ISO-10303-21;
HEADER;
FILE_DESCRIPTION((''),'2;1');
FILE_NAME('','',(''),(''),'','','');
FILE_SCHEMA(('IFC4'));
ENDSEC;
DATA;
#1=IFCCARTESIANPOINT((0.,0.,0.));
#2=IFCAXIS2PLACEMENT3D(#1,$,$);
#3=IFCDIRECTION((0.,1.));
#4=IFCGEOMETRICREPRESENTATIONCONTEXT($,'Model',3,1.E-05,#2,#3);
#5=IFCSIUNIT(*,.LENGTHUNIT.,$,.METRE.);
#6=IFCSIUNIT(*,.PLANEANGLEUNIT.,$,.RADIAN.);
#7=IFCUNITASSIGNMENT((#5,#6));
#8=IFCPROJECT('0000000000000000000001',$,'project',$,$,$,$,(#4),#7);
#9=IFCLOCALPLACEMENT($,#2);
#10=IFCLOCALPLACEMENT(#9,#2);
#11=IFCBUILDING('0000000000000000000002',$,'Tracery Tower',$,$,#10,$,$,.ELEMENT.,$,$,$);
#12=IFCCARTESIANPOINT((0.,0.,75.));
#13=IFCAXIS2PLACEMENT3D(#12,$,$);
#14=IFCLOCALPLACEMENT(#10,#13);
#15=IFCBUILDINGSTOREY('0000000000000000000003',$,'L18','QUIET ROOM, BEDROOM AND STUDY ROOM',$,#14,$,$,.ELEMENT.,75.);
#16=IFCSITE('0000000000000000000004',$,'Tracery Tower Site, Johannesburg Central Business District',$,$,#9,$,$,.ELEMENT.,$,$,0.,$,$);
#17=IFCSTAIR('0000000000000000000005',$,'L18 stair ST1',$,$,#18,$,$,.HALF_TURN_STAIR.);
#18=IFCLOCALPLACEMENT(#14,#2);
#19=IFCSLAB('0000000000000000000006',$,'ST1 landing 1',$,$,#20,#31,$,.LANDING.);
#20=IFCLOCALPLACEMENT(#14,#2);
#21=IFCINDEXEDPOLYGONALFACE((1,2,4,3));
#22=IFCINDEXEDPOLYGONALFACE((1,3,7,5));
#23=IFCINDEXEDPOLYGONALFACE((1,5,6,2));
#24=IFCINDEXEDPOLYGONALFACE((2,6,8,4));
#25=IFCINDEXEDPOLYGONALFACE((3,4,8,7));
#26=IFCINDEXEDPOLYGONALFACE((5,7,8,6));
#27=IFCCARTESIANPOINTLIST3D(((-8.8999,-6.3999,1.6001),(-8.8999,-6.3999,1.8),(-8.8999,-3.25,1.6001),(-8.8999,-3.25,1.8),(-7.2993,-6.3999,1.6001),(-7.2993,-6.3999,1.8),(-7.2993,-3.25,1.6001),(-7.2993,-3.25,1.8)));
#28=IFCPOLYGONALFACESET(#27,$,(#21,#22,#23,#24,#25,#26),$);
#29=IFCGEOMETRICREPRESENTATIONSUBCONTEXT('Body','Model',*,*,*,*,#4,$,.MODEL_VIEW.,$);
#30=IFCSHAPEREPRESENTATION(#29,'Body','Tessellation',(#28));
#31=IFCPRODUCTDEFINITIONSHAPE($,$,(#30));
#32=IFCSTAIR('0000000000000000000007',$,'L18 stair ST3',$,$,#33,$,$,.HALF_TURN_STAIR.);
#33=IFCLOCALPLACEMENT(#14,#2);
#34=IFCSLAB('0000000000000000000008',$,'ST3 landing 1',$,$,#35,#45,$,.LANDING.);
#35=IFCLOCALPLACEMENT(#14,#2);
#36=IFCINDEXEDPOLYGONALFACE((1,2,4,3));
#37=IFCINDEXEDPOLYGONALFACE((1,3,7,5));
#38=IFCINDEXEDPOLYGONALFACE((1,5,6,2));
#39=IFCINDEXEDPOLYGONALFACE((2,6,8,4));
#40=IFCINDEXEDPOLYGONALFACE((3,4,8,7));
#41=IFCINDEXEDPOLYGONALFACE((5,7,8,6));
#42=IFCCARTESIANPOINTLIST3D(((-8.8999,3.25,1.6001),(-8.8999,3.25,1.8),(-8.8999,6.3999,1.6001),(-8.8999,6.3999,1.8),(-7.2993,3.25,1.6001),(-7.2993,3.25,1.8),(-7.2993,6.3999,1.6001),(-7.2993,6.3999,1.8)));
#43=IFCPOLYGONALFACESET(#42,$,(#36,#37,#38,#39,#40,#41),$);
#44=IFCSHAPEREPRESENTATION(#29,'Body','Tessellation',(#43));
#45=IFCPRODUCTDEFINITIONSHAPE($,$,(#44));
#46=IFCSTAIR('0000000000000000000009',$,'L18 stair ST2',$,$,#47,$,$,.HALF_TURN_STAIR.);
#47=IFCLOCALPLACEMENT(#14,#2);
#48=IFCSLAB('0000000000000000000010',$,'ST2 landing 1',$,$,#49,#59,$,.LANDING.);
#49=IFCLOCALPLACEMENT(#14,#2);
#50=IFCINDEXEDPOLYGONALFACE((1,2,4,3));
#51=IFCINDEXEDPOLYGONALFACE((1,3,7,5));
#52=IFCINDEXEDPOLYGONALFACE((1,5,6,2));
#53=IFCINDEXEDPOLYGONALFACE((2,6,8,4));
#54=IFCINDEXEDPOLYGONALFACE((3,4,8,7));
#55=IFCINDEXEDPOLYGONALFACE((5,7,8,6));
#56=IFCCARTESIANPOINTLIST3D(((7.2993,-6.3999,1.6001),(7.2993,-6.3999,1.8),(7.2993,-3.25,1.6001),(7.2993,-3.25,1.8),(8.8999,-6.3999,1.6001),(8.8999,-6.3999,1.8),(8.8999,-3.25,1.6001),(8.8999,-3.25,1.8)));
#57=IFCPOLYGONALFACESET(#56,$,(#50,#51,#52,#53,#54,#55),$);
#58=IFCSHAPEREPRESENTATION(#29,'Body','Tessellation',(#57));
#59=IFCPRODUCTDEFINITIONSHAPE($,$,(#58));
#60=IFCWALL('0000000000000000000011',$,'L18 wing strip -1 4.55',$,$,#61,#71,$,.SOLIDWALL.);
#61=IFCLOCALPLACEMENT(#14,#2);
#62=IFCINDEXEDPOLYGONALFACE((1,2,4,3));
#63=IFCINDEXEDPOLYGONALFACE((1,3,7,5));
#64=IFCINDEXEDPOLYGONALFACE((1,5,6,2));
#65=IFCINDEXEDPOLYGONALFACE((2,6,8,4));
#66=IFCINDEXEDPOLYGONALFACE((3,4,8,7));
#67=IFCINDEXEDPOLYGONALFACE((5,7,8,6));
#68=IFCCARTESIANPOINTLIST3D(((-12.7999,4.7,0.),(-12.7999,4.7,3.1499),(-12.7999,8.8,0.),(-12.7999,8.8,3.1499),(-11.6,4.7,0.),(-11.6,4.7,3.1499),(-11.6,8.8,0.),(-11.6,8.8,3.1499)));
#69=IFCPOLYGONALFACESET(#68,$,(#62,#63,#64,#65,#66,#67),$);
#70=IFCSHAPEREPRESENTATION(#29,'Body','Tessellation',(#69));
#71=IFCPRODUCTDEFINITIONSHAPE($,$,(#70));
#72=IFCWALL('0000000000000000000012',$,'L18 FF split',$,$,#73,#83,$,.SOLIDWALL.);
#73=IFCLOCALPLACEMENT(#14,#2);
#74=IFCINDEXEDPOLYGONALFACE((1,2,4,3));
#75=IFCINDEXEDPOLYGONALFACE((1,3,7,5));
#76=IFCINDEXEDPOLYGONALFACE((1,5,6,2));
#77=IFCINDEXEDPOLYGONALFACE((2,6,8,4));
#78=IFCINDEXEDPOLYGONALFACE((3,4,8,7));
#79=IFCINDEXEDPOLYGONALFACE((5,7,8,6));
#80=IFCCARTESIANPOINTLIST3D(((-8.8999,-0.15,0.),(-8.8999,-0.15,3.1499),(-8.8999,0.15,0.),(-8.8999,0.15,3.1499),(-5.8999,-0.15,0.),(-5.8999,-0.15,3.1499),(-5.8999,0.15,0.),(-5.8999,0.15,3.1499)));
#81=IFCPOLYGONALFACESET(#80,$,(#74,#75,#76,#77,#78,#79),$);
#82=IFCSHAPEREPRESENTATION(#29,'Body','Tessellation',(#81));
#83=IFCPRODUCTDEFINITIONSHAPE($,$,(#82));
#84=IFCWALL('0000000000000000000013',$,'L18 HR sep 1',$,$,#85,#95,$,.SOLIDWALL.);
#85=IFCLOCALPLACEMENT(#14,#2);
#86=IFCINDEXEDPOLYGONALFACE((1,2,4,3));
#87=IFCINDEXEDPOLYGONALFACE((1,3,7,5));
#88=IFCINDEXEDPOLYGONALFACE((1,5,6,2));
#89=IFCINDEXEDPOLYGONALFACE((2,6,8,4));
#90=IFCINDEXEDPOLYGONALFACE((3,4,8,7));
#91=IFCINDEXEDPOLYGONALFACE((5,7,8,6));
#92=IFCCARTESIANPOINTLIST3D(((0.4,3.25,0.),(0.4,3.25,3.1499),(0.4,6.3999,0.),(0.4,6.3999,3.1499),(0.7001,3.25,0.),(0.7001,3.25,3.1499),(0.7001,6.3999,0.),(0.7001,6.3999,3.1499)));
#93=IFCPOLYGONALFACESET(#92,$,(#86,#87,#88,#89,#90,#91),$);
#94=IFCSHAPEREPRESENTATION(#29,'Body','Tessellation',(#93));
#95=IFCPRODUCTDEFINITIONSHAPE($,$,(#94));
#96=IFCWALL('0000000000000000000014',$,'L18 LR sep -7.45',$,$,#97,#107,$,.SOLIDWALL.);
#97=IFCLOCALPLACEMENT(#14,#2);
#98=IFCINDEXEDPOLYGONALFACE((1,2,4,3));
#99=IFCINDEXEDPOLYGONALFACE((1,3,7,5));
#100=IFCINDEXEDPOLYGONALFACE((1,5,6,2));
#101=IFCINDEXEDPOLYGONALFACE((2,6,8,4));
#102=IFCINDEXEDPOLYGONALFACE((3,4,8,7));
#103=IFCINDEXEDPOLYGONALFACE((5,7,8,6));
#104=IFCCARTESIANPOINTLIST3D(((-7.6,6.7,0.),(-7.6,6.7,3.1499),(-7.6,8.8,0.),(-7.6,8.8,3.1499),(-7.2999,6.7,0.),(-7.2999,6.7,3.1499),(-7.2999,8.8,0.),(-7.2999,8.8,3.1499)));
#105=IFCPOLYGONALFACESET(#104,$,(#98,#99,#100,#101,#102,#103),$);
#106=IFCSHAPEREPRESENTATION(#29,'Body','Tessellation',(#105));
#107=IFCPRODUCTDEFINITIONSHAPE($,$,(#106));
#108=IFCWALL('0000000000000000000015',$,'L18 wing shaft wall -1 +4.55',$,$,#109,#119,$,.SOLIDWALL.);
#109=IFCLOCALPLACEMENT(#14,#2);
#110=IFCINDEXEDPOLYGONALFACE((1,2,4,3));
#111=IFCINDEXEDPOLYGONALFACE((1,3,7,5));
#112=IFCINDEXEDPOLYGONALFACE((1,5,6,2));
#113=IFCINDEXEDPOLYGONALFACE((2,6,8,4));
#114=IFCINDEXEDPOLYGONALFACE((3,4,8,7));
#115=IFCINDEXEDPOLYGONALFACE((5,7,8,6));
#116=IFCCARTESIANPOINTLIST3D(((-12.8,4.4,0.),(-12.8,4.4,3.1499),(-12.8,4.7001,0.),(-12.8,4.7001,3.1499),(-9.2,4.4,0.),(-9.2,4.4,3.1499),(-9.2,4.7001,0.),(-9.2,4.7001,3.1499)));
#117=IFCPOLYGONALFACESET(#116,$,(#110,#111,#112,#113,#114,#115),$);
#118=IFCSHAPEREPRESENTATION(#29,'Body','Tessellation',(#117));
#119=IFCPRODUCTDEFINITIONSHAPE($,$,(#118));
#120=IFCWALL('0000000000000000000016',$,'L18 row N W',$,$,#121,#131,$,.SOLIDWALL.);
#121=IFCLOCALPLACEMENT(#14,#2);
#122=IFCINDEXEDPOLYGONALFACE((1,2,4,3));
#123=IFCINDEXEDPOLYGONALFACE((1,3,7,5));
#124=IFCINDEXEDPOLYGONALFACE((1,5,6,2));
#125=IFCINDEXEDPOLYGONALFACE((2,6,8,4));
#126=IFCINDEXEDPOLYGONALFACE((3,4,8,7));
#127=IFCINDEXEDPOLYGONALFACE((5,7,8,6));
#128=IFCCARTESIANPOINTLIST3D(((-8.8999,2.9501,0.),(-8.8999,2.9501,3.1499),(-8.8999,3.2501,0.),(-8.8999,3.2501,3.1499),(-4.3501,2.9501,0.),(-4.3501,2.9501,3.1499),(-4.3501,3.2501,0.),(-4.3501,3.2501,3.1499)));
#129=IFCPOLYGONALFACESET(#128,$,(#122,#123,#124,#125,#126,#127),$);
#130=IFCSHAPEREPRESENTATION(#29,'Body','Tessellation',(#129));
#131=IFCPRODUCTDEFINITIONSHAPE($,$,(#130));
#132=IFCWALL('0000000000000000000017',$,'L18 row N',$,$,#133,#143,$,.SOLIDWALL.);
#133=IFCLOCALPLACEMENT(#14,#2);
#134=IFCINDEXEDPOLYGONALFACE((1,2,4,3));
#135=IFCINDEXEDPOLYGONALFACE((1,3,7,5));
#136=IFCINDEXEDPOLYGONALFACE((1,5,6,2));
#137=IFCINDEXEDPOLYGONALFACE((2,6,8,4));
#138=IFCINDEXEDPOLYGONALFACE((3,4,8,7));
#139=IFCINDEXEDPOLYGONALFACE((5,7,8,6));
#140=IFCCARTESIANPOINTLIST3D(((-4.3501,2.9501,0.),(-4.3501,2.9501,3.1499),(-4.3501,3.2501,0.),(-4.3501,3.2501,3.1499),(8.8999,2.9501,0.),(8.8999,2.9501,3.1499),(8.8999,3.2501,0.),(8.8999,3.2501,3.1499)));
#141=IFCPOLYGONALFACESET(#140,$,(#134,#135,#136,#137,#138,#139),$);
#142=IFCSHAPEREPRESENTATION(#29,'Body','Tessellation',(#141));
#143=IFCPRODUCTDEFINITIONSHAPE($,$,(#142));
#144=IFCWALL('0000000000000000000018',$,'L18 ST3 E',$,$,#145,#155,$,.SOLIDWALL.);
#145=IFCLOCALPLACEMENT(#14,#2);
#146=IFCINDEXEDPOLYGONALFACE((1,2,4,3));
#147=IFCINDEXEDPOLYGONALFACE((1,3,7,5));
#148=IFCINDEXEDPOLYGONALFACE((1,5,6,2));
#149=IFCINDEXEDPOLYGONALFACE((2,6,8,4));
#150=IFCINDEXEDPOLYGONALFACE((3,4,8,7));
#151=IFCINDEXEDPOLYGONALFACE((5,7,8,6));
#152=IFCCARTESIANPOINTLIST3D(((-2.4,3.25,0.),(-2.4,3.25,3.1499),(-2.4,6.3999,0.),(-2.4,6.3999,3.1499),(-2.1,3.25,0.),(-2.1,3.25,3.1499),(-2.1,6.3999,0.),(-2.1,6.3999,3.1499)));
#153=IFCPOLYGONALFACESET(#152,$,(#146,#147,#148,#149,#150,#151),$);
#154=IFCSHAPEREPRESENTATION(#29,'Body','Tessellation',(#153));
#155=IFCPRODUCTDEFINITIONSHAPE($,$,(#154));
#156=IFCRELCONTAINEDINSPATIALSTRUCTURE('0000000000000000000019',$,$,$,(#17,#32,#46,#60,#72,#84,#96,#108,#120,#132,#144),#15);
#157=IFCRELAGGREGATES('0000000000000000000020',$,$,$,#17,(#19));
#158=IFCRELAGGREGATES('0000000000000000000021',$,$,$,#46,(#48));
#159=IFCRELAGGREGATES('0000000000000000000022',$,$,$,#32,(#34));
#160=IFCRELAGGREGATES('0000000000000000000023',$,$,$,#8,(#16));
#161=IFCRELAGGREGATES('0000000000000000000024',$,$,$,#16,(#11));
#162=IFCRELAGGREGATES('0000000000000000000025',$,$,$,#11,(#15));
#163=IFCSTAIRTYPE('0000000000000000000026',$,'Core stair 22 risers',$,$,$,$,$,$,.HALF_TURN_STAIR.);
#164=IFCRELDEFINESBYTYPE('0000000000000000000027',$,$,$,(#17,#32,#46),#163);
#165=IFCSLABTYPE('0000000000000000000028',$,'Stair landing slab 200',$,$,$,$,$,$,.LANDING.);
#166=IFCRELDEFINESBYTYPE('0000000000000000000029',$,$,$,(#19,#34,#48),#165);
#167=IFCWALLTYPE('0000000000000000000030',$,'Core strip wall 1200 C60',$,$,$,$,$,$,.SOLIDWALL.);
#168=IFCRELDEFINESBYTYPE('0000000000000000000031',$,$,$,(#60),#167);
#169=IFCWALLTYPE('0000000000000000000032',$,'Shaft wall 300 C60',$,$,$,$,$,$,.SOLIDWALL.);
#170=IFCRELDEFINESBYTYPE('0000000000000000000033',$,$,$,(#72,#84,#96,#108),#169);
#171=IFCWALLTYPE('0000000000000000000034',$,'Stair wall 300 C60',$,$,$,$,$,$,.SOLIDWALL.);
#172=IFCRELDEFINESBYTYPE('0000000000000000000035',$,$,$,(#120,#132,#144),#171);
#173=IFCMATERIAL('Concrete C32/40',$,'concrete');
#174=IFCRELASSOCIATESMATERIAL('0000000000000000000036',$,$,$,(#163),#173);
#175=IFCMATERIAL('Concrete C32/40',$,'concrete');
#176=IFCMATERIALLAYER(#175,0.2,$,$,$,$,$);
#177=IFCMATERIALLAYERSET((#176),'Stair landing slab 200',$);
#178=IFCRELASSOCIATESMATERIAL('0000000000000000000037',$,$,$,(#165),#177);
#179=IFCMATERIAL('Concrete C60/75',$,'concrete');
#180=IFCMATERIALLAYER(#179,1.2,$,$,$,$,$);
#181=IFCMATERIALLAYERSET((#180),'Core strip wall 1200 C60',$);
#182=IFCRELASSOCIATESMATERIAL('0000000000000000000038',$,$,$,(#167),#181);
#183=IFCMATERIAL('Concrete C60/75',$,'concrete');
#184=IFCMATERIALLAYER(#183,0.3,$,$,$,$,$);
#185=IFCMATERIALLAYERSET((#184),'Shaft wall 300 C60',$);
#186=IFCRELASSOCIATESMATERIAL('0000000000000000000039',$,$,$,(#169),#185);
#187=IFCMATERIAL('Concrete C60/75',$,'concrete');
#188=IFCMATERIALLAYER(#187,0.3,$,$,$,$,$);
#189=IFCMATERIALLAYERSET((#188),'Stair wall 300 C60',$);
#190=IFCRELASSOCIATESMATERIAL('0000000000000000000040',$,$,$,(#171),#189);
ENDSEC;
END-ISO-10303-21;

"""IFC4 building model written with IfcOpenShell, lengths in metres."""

from ifc_helpers import new_model, si_unit, direction, frame, frame_2d, origin, place, context, subcontext, project, spatial, polyline, rectangle, outline, extrude, material, layer, layer_set, type_object, element, aggregate, save


model = new_model("IFC4")

# Units and contexts
model_context = context("Model", 3, precision=1e-05, world=origin(), true_north=direction((0.0, 1.0)))
body_context = subcontext(model_context, "Body", "Model", "MODEL_VIEW")
ifc_project = project(units=[si_unit("LENGTHUNIT", "METRE"), si_unit("PLANEANGLEUNIT", "RADIAN")], contexts=[model_context])

# Site, building, storey
site_placement = place(None, origin())
site = spatial("IfcSite", under=ifc_project, at=site_placement, Name="Tracery Tower Site, Johannesburg Central Business District", CompositionType="ELEMENT", RefElevation=0.0)
building_placement = place(site_placement, origin())
building = spatial("IfcBuilding", under=site, at=building_placement, Name="Tracery Tower", CompositionType="ELEMENT")
storey_placement = place(building_placement, frame((0.0, 0.0, 75.0)))
storey = spatial("IfcBuildingStorey", under=building, at=storey_placement, Name="L18", Description="QUIET ROOM, BEDROOM AND STUDY ROOM", CompositionType="ELEMENT", Elevation=75.0)

# Stairs, slabs
ifc_material_1 = material(Name="Concrete C32/40", Category="concrete")
stair_type = type_object("IfcStairType", Name="Core stair 22 risers", PredefinedType="HALF_TURN_STAIR", material=ifc_material_1)
stair_1_placement = place(storey_placement, origin())
stair_1 = element("IfcStair", 1, at=stair_1_placement, inside=storey, type_object=stair_type, Name="L18 stair ST1", PredefinedType="HALF_TURN_STAIR")
ifc_material_2 = material(Name="Concrete C32/40", Category="concrete")
ifc_layer_1 = layer(ifc_material_2, 0.2)
ifc_layer_set_1 = layer_set([ifc_layer_1], Name="Stair landing slab 200")
slab_type_1 = type_object("IfcSlabType", Name="Stair landing slab 200", PredefinedType="LANDING", material=ifc_layer_set_1)
slab_1_placement = place(storey_placement, frame((0.0, 0.0, 1.6001)))
slab_1 = element("IfcSlab", 2, at=slab_1_placement, type_object=slab_type_1, Name="ST1 landing 1", PredefinedType="LANDING", context=body_context, shape_type="SweptSolid", body=[
    extrude(outline(polyline([(-7.2993, -3.25), (-8.8999, -3.25), (-8.8999, -6.3999), (-7.2993, -6.3999), (-7.2993, -3.25)])), origin(), (0.0, 0.0, 1.0), 0.2),
])
aggregate(stair_1, [slab_1])
stair_2_placement = place(storey_placement, origin())
stair_2 = element("IfcStair", 3, at=stair_2_placement, inside=storey, type_object=stair_type, Name="L18 stair ST3", PredefinedType="HALF_TURN_STAIR")
slab_2_placement = place(storey_placement, frame((0.0, 0.0, 1.6001)))
slab_2 = element("IfcSlab", 4, at=slab_2_placement, type_object=slab_type_1, Name="ST3 landing 1", PredefinedType="LANDING", context=body_context, shape_type="SweptSolid", body=[
    extrude(outline(polyline([(-7.2993, 6.3999), (-8.8999, 6.3999), (-8.8999, 3.25), (-7.2993, 3.25), (-7.2993, 6.3999)])), origin(), (0.0, 0.0, 1.0), 0.2),
])
stair_3_placement = place(storey_placement, origin())
stair_3 = element("IfcStair", 5, at=stair_3_placement, inside=storey, type_object=stair_type, Name="L18 stair ST2", PredefinedType="HALF_TURN_STAIR")
slab_3_placement = place(storey_placement, frame((0.0, 0.0, 1.6001)))
slab_3 = element("IfcSlab", 6, at=slab_3_placement, type_object=slab_type_1, Name="ST2 landing 1", PredefinedType="LANDING", context=body_context, shape_type="SweptSolid", body=[
    extrude(outline(polyline([(7.2993, -6.3999), (8.8999, -6.3999), (8.8999, -3.25), (7.2993, -3.25), (7.2993, -6.3999)])), origin(), (0.0, 0.0, 1.0), 0.2),
])
aggregate(stair_3, [slab_3])

# Walls
ifc_material_3 = material(Name="Concrete C60/75", Category="concrete")
ifc_layer_2 = layer(ifc_material_3, 1.2)
ifc_layer_set_2 = layer_set([ifc_layer_2], Name="Core strip wall 1200 C60")
wall_type_1 = type_object("IfcWallType", Name="Core strip wall 1200 C60", PredefinedType="SOLIDWALL", material=ifc_layer_set_2)
wall_1_placement = place(storey_placement, frame((-12.2, 4.7, 0.0), z_axis=(0.0, 0.0, 1.0), x_axis=(0.0, 1.0, 0.0)))
element("IfcWall", 7, at=wall_1_placement, inside=storey, type_object=wall_type_1, Name="L18 wing strip -1 4.55", PredefinedType="SOLIDWALL", context=body_context, shape_type="SweptSolid", body=[
    extrude(rectangle(XDim=4.1001, YDim=1.2, at=frame_2d((2.05, 0.0))), origin(), (0.0, 0.0, 1.0), 3.1499),
])
ifc_material_4 = material(Name="Concrete C60/75", Category="concrete")
ifc_layer_3 = layer(ifc_material_4, 0.3)
ifc_layer_set_3 = layer_set([ifc_layer_3], Name="Shaft wall 300 C60")
wall_type_2 = type_object("IfcWallType", Name="Shaft wall 300 C60", PredefinedType="SOLIDWALL", material=ifc_layer_set_3)
wall_2_placement = place(storey_placement, frame((-8.8999, 0.0, 0.0), z_axis=(0.0, 0.0, 1.0), x_axis=(1.0, 0.0, 0.0)))
element("IfcWall", 8, at=wall_2_placement, inside=storey, type_object=wall_type_2, Name="L18 FF split", PredefinedType="SOLIDWALL", context=body_context, shape_type="SweptSolid", body=[
    extrude(rectangle(XDim=3.0, YDim=0.3, at=frame_2d((1.5, 0.0))), origin(), (0.0, 0.0, 1.0), 3.1499),
])
wall_3_placement = place(storey_placement, frame((0.55, 3.25, 0.0), z_axis=(0.0, 0.0, 1.0), x_axis=(0.0, 1.0, 0.0)))
element("IfcWall", 9, at=wall_3_placement, inside=storey, type_object=wall_type_2, Name="L18 HR sep 1", PredefinedType="SOLIDWALL", context=body_context, shape_type="SweptSolid", body=[
    extrude(rectangle(XDim=3.1499, YDim=0.3, at=frame_2d((1.575, 0.0))), origin(), (0.0, 0.0, 1.0), 3.1499),
])
wall_4_placement = place(storey_placement, frame((-7.45, 6.7, 0.0), z_axis=(0.0, 0.0, 1.0), x_axis=(0.0, 1.0, 0.0)))
element("IfcWall", 10, at=wall_4_placement, inside=storey, type_object=wall_type_2, Name="L18 LR sep -7.45", PredefinedType="SOLIDWALL", context=body_context, shape_type="SweptSolid", body=[
    extrude(rectangle(XDim=2.1001, YDim=0.3, at=frame_2d((1.05, 0.0))), origin(), (0.0, 0.0, 1.0), 3.1499),
])

# Wall
wall_5_placement = place(storey_placement, frame((-12.8, 4.55, 0.0), z_axis=(0.0, 0.0, 1.0), x_axis=(1.0, 0.0, 0.0)))
element("IfcWall", 11, at=wall_5_placement, inside=storey, type_object=wall_type_2, Name="L18 wing shaft wall -1 +4.55", PredefinedType="SOLIDWALL", context=body_context, shape_type="SweptSolid", body=[
    extrude(rectangle(XDim=3.6001, YDim=0.3, at=frame_2d((1.8, 0.0))), origin(), (0.0, 0.0, 1.0), 3.1499),
])

# Walls
ifc_material_5 = material(Name="Concrete C60/75", Category="concrete")
ifc_layer_4 = layer(ifc_material_5, 0.3)
ifc_layer_set_4 = layer_set([ifc_layer_4], Name="Stair wall 300 C60")
wall_type_3 = type_object("IfcWallType", Name="Stair wall 300 C60", PredefinedType="SOLIDWALL", material=ifc_layer_set_4)
wall_6_placement = place(storey_placement, frame((-8.8999, 3.1001, 0.0), z_axis=(0.0, 0.0, 1.0), x_axis=(1.0, 0.0, 0.0)))
element("IfcWall", 12, at=wall_6_placement, inside=storey, type_object=wall_type_3, Name="L18 row N W", PredefinedType="SOLIDWALL", context=body_context, shape_type="SweptSolid", body=[
    extrude(rectangle(XDim=4.5498, YDim=0.3, at=frame_2d((2.2749, 0.0))), origin(), (0.0, 0.0, 1.0), 3.1499),
])
wall_7_placement = place(storey_placement, frame((-4.3501, 3.1001, 0.0), z_axis=(0.0, 0.0, 1.0), x_axis=(1.0, 0.0, 0.0)))
element("IfcWall", 13, at=wall_7_placement, inside=storey, type_object=wall_type_3, Name="L18 row N", PredefinedType="SOLIDWALL", context=body_context, shape_type="SweptSolid", body=[
    extrude(rectangle(XDim=13.25, YDim=0.3, at=frame_2d((6.625, 0.0))), origin(), (0.0, 0.0, 1.0), 3.1499),
])
wall_8_placement = place(storey_placement, frame((-2.25, 3.25, 0.0), z_axis=(0.0, 0.0, 1.0), x_axis=(0.0, 1.0, 0.0)))
element("IfcWall", 14, at=wall_8_placement, inside=storey, type_object=wall_type_3, Name="L18 ST3 E", PredefinedType="SOLIDWALL", context=body_context, shape_type="SweptSolid", body=[
    extrude(rectangle(XDim=3.1499, YDim=0.3, at=frame_2d((1.575, 0.0))), origin(), (0.0, 0.0, 1.0), 3.1499),
])

aggregate(stair_2, [slab_2])

save(model, "model.ifc")
